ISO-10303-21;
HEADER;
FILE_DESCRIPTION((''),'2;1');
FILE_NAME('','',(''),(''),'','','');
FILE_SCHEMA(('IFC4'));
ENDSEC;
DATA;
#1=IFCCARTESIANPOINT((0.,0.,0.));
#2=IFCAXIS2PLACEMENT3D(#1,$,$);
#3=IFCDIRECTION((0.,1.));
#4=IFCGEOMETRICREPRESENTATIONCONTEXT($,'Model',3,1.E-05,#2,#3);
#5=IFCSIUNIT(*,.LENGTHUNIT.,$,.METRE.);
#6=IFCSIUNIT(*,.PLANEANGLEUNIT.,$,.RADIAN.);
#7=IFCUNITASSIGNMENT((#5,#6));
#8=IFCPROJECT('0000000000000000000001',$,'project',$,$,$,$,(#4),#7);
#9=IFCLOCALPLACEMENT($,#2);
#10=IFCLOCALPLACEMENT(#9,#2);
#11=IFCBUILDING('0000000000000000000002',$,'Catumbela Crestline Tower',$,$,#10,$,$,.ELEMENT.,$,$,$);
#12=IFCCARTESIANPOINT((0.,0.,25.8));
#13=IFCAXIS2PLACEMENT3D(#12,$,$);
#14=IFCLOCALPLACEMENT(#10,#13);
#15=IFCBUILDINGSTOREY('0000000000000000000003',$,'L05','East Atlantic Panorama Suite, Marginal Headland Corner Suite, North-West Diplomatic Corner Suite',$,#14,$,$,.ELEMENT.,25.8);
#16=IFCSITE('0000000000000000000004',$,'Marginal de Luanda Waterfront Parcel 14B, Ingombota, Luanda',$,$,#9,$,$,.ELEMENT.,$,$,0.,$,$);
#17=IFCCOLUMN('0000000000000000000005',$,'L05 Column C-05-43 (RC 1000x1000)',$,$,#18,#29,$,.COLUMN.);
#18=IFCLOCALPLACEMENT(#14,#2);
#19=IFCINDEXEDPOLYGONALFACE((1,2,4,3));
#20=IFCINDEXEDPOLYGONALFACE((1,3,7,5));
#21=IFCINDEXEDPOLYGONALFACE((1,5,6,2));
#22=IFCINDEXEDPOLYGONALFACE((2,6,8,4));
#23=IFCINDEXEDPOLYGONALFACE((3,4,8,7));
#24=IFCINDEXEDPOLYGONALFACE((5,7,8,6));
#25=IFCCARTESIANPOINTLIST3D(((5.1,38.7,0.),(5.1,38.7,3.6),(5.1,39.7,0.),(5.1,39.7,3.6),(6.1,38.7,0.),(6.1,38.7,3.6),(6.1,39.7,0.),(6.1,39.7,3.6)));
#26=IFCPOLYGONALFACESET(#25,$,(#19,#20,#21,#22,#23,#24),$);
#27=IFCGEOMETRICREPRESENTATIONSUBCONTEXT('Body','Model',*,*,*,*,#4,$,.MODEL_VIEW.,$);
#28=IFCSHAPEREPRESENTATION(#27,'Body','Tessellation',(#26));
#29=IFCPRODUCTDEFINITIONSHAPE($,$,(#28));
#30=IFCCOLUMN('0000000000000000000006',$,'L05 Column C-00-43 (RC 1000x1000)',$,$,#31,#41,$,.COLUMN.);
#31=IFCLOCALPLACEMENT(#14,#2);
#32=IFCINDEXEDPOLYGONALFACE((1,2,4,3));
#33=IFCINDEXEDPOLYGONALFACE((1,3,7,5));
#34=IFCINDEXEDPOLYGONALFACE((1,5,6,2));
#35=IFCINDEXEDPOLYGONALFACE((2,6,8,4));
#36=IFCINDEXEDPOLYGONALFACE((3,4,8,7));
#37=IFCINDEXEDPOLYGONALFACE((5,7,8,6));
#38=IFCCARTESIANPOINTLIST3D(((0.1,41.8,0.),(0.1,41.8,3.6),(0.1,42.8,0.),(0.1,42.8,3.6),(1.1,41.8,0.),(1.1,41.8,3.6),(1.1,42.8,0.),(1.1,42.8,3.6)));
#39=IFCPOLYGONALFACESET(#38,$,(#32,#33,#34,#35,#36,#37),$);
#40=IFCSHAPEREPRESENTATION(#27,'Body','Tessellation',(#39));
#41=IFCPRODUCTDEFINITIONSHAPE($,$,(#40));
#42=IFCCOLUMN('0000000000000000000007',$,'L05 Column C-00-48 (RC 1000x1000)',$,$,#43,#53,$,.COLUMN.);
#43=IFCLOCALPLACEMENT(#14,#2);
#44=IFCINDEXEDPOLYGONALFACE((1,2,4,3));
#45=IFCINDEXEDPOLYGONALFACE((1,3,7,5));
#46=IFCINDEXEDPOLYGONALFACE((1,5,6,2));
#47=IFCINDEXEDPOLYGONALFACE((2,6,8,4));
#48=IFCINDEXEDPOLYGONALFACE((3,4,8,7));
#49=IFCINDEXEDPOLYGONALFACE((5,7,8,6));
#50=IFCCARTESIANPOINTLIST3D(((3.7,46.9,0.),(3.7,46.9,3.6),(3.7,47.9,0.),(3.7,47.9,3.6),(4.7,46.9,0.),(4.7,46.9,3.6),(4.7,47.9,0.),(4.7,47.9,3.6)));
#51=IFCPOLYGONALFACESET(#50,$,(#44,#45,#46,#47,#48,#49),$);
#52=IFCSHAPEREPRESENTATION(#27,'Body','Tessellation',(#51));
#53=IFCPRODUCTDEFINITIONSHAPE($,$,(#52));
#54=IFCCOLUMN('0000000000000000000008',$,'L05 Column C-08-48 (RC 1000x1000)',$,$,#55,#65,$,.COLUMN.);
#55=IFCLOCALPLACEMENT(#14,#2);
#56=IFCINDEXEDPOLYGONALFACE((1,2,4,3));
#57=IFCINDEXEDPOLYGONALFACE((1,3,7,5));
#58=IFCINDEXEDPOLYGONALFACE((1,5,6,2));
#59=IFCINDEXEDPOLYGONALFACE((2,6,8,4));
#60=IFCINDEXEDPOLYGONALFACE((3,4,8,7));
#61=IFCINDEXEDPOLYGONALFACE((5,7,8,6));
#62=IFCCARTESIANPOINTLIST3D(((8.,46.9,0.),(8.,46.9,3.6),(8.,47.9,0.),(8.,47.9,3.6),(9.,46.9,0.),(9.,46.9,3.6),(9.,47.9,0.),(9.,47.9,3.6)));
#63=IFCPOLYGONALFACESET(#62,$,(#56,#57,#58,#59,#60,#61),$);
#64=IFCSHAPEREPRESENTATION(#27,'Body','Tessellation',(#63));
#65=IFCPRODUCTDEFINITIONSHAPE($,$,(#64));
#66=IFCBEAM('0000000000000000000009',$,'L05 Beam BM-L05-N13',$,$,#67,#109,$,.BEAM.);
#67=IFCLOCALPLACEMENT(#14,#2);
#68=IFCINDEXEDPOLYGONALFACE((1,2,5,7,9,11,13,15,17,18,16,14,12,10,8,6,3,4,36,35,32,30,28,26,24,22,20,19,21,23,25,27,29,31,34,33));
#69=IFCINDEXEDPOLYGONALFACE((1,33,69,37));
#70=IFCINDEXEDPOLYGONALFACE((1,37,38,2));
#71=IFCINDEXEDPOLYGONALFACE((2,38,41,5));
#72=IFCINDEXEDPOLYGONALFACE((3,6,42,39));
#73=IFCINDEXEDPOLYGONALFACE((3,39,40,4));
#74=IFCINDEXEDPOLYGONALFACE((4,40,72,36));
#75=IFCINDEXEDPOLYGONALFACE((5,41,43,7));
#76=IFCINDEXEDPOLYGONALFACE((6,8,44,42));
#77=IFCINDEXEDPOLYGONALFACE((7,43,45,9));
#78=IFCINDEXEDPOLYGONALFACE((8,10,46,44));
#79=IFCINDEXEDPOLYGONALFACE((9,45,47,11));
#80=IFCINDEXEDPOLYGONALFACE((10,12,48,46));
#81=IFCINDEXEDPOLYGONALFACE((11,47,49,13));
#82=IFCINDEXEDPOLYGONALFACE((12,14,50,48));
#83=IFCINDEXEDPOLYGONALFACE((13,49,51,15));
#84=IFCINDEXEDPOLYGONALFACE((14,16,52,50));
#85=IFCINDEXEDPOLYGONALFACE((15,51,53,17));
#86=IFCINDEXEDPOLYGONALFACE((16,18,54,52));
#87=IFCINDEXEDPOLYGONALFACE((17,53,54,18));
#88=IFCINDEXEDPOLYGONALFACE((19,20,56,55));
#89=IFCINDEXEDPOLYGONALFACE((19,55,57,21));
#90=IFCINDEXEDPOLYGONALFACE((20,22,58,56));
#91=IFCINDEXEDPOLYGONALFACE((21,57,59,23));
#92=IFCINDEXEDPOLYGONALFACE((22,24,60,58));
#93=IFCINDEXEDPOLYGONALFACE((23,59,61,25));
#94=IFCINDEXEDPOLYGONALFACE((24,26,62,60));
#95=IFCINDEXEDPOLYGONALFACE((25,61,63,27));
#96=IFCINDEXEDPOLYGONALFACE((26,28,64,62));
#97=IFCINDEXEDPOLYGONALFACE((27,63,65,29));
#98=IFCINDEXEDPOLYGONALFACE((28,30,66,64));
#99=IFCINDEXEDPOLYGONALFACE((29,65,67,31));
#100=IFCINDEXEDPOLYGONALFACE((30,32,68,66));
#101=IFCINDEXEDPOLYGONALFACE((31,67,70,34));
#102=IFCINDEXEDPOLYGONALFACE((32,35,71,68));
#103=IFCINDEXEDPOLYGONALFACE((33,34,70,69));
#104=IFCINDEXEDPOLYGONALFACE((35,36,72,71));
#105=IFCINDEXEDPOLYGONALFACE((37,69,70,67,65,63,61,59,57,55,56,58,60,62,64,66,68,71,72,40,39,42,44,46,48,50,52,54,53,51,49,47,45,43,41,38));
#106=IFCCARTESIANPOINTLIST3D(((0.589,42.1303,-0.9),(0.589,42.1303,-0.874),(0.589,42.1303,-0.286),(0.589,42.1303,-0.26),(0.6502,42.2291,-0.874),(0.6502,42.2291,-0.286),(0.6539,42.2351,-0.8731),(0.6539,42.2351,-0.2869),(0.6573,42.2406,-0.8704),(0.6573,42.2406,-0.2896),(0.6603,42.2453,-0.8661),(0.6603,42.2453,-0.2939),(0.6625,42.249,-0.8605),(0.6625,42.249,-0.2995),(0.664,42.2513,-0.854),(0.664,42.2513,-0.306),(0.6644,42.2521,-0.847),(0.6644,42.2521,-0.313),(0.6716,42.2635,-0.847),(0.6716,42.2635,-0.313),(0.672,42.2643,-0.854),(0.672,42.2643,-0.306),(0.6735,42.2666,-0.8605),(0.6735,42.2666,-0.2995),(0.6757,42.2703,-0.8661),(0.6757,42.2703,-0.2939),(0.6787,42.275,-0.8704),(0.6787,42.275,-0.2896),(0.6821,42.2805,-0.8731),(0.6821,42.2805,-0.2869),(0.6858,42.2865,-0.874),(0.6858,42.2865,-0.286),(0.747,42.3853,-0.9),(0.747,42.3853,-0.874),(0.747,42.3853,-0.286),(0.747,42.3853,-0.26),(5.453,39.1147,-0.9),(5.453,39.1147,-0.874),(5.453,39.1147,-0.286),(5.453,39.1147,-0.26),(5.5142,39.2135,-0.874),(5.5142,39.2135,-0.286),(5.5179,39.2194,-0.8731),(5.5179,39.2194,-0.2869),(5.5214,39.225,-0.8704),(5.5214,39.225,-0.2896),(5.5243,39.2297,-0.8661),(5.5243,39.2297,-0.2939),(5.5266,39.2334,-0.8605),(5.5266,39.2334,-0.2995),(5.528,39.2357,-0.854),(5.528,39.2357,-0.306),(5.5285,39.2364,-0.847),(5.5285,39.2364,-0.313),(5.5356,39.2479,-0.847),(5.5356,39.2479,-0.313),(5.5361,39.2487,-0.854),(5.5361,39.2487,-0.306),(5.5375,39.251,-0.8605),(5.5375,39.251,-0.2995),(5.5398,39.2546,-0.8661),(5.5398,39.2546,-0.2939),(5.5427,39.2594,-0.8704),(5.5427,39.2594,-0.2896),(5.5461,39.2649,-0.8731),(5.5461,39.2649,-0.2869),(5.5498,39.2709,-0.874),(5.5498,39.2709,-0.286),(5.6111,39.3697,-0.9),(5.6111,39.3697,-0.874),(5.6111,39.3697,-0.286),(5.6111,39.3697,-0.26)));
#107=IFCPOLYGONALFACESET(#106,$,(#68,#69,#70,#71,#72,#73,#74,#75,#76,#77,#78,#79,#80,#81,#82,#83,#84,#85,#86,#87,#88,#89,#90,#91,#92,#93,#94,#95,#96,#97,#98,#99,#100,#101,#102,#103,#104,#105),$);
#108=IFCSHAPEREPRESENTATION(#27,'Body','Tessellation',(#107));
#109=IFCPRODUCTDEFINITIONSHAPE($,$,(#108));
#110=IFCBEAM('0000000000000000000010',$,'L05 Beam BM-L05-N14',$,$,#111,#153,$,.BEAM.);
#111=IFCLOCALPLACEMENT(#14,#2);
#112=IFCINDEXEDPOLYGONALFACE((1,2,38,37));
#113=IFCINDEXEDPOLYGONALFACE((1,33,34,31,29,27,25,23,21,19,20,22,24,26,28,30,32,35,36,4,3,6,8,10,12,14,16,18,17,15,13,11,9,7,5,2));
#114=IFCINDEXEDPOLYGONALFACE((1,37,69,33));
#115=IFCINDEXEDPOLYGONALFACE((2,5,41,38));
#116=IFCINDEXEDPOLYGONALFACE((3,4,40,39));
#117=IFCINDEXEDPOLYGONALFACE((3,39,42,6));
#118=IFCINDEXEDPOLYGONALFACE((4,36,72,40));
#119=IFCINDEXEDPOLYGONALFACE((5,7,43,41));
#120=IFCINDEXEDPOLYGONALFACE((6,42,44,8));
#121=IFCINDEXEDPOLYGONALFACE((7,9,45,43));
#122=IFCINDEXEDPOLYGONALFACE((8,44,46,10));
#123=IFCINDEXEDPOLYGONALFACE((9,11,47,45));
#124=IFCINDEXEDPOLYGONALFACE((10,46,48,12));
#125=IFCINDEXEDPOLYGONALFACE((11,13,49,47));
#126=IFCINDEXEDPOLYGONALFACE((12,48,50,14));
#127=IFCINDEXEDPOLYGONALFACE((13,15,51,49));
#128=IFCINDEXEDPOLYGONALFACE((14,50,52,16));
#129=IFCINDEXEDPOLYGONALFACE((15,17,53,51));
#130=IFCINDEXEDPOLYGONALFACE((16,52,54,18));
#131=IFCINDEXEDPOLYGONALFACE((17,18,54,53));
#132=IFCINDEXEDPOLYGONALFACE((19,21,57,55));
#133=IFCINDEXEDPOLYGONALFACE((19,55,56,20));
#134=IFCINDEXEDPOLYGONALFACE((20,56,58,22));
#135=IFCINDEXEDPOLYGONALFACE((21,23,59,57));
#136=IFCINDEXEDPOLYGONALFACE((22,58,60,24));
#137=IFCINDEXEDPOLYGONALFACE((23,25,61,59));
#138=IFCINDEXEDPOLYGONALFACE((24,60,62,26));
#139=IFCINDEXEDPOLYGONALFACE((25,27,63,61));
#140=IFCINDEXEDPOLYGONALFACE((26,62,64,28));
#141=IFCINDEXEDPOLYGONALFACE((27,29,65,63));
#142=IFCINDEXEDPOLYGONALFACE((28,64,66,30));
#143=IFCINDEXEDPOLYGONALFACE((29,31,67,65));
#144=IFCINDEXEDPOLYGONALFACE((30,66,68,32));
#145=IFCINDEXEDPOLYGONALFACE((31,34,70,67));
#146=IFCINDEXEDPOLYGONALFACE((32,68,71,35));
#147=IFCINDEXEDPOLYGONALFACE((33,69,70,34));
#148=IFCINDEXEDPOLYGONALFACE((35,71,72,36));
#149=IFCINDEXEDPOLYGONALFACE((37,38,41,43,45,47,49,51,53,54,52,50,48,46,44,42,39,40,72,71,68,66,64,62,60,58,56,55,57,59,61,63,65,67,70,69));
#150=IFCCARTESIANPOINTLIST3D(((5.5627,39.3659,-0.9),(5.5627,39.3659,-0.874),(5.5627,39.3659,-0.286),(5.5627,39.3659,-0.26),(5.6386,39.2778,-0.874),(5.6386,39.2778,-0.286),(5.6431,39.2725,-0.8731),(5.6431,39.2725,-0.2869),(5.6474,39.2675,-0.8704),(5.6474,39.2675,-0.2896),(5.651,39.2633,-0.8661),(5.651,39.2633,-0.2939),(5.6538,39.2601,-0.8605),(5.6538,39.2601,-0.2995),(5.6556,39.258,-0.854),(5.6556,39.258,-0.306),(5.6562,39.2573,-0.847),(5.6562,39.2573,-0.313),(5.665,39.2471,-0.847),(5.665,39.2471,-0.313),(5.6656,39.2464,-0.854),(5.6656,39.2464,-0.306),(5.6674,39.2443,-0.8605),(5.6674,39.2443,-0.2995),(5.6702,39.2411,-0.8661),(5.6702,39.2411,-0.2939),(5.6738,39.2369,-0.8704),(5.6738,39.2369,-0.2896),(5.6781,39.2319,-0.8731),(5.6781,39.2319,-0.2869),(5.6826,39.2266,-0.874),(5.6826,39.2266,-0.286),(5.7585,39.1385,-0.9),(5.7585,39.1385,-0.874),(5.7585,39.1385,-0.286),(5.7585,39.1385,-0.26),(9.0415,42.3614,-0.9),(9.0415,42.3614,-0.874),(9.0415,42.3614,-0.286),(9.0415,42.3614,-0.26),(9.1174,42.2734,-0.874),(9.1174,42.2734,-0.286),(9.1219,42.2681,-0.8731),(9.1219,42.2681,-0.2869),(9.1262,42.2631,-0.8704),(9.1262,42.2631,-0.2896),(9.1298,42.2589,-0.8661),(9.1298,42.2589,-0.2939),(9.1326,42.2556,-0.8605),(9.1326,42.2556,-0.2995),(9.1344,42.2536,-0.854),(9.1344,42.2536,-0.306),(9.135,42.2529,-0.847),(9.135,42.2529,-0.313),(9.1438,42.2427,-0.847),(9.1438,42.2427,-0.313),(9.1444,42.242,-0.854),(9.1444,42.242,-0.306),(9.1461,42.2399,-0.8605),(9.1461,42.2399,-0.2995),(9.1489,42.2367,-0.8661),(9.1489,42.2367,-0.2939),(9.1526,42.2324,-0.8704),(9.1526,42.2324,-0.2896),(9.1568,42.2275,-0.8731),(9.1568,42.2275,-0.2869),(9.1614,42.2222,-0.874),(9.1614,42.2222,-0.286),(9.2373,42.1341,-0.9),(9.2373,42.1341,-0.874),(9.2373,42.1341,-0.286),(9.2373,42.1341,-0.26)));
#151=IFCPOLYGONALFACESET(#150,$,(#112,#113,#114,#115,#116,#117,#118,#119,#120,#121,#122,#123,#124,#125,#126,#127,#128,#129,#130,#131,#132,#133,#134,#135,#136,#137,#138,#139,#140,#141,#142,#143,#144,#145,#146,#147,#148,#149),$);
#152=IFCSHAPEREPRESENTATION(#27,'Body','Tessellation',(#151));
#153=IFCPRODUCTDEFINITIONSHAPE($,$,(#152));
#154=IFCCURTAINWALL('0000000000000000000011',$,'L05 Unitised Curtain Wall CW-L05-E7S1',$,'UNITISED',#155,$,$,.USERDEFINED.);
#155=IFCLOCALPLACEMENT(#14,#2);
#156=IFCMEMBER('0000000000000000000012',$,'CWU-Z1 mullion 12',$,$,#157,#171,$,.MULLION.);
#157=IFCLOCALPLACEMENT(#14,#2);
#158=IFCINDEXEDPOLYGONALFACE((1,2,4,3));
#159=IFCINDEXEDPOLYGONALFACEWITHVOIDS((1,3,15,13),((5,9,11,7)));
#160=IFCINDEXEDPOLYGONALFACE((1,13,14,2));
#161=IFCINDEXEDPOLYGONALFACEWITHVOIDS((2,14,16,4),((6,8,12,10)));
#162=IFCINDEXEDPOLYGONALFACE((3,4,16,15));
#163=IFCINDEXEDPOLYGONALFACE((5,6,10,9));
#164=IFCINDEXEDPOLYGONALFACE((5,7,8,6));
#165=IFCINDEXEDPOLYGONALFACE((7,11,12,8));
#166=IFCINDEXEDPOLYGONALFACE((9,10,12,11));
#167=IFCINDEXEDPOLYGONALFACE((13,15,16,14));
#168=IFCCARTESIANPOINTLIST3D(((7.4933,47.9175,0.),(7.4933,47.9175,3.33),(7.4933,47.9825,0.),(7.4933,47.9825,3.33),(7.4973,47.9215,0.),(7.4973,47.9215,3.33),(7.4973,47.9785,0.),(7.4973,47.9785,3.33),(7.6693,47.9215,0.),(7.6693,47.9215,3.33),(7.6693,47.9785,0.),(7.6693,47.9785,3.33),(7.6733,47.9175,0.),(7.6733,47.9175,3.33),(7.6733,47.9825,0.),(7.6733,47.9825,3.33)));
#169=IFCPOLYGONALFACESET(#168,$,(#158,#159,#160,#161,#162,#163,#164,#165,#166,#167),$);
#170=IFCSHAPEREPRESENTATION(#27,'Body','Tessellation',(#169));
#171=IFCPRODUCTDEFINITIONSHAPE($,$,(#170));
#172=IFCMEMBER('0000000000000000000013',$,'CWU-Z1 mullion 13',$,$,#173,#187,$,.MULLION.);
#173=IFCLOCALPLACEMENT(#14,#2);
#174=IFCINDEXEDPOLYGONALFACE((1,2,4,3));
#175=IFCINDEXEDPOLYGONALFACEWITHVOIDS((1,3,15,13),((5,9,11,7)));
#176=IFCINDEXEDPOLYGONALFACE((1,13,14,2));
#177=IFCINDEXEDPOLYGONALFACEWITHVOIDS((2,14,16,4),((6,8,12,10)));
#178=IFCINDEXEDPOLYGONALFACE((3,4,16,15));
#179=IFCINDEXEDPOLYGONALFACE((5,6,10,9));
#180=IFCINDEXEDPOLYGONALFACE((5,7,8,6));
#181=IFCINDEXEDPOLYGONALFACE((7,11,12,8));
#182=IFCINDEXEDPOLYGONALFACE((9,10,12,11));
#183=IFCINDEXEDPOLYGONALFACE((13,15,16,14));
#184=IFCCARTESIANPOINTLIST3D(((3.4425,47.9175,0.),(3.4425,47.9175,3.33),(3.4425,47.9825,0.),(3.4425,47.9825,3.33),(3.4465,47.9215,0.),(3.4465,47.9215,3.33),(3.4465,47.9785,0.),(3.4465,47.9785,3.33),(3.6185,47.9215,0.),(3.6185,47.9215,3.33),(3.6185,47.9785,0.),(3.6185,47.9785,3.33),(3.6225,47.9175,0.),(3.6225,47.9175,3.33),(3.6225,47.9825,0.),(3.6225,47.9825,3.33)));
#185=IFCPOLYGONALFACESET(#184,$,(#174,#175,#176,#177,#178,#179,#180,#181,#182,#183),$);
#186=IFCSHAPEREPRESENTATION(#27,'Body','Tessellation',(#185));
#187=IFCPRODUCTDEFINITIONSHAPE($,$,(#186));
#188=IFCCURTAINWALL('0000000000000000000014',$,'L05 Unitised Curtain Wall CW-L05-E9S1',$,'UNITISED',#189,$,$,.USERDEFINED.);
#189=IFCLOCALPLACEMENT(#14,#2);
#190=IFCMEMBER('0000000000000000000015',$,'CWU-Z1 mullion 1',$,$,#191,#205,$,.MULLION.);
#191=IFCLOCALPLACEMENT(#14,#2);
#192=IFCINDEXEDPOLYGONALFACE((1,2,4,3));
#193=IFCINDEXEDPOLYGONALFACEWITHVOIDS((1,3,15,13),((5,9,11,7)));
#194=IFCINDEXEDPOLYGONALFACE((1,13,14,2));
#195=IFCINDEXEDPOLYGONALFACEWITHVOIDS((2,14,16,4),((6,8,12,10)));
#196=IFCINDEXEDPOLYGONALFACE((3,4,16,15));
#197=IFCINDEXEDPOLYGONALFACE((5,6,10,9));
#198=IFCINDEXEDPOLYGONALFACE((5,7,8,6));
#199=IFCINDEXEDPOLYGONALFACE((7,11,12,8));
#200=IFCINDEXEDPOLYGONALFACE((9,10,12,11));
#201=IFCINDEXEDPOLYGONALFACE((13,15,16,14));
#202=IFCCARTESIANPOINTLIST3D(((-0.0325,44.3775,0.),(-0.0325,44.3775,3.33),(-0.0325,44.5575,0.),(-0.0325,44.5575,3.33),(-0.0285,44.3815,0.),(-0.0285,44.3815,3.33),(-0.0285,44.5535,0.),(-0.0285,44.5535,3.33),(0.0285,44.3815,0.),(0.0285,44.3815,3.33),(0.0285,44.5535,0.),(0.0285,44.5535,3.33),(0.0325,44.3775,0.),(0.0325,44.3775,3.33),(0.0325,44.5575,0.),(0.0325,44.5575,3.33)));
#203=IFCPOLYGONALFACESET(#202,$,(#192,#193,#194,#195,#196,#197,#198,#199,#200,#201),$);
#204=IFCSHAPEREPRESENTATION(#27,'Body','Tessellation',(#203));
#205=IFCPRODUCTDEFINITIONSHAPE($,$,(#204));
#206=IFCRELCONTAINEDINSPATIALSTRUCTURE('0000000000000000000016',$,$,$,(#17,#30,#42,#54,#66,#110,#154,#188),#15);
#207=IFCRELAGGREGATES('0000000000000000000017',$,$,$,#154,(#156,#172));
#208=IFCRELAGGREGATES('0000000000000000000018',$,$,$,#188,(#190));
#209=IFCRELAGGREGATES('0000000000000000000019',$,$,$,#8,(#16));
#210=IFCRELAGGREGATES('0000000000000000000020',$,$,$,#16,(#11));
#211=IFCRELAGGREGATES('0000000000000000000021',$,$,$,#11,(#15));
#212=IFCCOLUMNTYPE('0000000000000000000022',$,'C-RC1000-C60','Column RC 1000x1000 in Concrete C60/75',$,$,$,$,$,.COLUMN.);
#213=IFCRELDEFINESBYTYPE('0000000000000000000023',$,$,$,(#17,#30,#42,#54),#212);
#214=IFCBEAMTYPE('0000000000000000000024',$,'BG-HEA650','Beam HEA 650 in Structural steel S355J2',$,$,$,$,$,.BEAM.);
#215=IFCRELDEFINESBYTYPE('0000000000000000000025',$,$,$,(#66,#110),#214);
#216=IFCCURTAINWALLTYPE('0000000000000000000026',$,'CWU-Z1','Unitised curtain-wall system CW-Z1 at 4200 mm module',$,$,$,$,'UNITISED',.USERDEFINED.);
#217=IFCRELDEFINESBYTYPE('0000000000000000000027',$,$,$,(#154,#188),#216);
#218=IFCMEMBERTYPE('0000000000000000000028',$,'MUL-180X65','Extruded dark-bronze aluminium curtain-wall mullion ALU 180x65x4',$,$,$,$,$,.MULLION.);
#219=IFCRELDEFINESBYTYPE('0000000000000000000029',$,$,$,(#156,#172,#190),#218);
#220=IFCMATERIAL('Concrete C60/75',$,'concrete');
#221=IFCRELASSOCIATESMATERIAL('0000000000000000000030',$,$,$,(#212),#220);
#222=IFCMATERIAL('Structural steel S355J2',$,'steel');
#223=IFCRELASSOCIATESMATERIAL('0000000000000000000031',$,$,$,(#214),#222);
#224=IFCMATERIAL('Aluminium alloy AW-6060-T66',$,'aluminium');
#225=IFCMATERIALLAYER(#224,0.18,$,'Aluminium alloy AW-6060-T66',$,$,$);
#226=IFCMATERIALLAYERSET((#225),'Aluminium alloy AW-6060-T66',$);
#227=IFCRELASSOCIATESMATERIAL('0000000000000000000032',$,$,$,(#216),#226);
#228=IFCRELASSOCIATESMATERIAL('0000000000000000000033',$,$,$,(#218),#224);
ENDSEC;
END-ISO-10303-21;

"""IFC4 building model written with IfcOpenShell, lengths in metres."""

from ifc_helpers import new_model, si_unit, direction, frame, origin, origin_2d, place, context, subcontext, project, spatial, rectangle, hollow_rectangle, i_section, extrude, material, layer, layer_set, material_profile, profile_set, type_object, element, aggregate, save


model = new_model("IFC4")

# Units and contexts
model_context = context("Model", 3, precision=1e-05, world=origin(), true_north=direction((0.0, 1.0)))
body_context = subcontext(model_context, "Body", "Model", "MODEL_VIEW")
ifc_project = project(units=[si_unit("LENGTHUNIT", "METRE"), si_unit("PLANEANGLEUNIT", "RADIAN")], contexts=[model_context])

# Site, building, storey
site_placement = place(None, origin())
site = spatial("IfcSite", under=ifc_project, at=site_placement, Name="Marginal de Luanda Waterfront Parcel 14B, Ingombota, Luanda", CompositionType="ELEMENT", RefElevation=0.0)
building_placement = place(site_placement, origin())
building = spatial("IfcBuilding", under=site, at=building_placement, Name="Catumbela Crestline Tower", CompositionType="ELEMENT")
storey_placement = place(building_placement, frame((0.0, 0.0, 25.8)))
storey = spatial("IfcBuildingStorey", under=building, at=storey_placement, Name="L05", Description="East Atlantic Panorama Suite, Marginal Headland Corner Suite, North-West Diplomatic Corner Suite", CompositionType="ELEMENT", Elevation=25.8)

# Columns
ifc_material_1 = material(Name="Concrete C60/75", Category="concrete")
ifc_material_profile_1 = material_profile(ifc_material_1, rectangle(XDim=1.0, YDim=1.0, at=origin_2d()), Name="RC 1000x1000")
ifc_profile_set_1 = profile_set([ifc_material_profile_1], Name="Concrete C60/75")
column_type = type_object("IfcColumnType", Name="C-RC1000-C60", Description="Column RC 1000x1000 in Concrete C60/75", PredefinedType="COLUMN", material=ifc_profile_set_1)
for number, where, z_axis, x_axis, name in (
    (1, (5.6, 39.2, 0.0), (0.0, 0.0, 1.0), (1.0, 0.0, 0.0), "L05 Column C-05-43 (RC 1000x1000)"),
    (2, (0.6, 42.3, 0.0), (0.0, 0.0, 1.0), (1.0, 0.0, 0.0), "L05 Column C-00-43 (RC 1000x1000)"),
    (3, (4.2, 47.4, 0.0), (0.0, 0.0, 1.0), (1.0, 0.0, 0.0), "L05 Column C-00-48 (RC 1000x1000)"),
    (4, (8.5, 47.4, 0.0), (0.0, 0.0, 1.0), (1.0, 0.0, 0.0), "L05 Column C-08-48 (RC 1000x1000)"),
):
    element("IfcColumn", number, at=place(storey_placement, frame(where, z_axis=z_axis, x_axis=x_axis)), inside=storey, type_object=column_type, Name=name, PredefinedType="COLUMN", context=body_context, shape_type="SweptSolid", body=[
        extrude(rectangle(XDim=1.0, YDim=1.0, at=origin_2d()), origin(), (0.0, 0.0, 1.0), 3.6),
    ])

# Beams
ifc_material_2 = material(Name="Structural steel S355J2", Category="steel")
ifc_material_profile_2 = material_profile(ifc_material_2, i_section(OverallWidth=0.3, OverallDepth=0.64, WebThickness=0.0135, FlangeThickness=0.026, FilletRadius=0.027, at=origin_2d()), Name="HEA 650")
ifc_profile_set_2 = profile_set([ifc_material_profile_2], Name="Structural steel S355J2")
beam_type_1 = type_object("IfcBeamType", Name="BG-HEA650", Description="Beam HEA 650 in Structural steel S355J2", PredefinedType="BEAM", material=ifc_profile_set_2)
beam_1_placement = place(storey_placement, frame((0.668, 42.2578, -0.58), z_axis=(0.849909, -0.52693, 0.0), x_axis=(0.52693, 0.849909, 0.0)))
element("IfcBeam", 5, at=beam_1_placement, inside=storey, type_object=beam_type_1, Name="L05 Beam BM-L05-N13", PredefinedType="BEAM", context=body_context, shape_type="SweptSolid", body=[
    extrude(i_section(OverallWidth=0.3, OverallDepth=0.64, WebThickness=0.0135, FlangeThickness=0.026, FilletRadius=0.027, at=origin_2d()), origin(), (0.0, 0.0, 1.0), 5.723),
])
beam_2_placement = place(storey_placement, frame((5.6606, 39.2522, -0.58), z_axis=(0.757772, 0.652519, 0.0), x_axis=(-0.652519, 0.757772, 0.0)))
element("IfcBeam", 6, at=beam_2_placement, inside=storey, type_object=beam_type_1, Name="L05 Beam BM-L05-N14", PredefinedType="BEAM", context=body_context, shape_type="SweptSolid", body=[
    extrude(i_section(OverallWidth=0.3, OverallDepth=0.64, WebThickness=0.0135, FlangeThickness=0.026, FilletRadius=0.027, at=origin_2d()), origin(), (0.0, 0.0, 1.0), 4.5908),
])

# Curtain walls, members
ifc_material_3 = material(Name="Aluminium alloy AW-6060-T66", Category="aluminium")
ifc_layer_1 = layer(ifc_material_3, 0.18, Name="Aluminium alloy AW-6060-T66")
ifc_layer_set_1 = layer_set([ifc_layer_1], Name="Aluminium alloy AW-6060-T66")
curtain_wall_type = type_object("IfcCurtainWallType", Name="CWU-Z1", Description="Unitised curtain-wall system CW-Z1 at 4200 mm module", ElementType="UNITISED", PredefinedType="USERDEFINED", material=ifc_layer_set_1)
curtain_wall_1_placement = place(storey_placement, origin())
curtain_wall_1 = element("IfcCurtainWall", 7, at=curtain_wall_1_placement, inside=storey, type_object=curtain_wall_type, Name="L05 Unitised Curtain Wall CW-L05-E7S1", ObjectType="UNITISED", PredefinedType="USERDEFINED")
ifc_material_profile_3 = material_profile(ifc_material_3, hollow_rectangle(XDim=0.065, YDim=0.18, WallThickness=0.004, at=origin_2d()), Name="ALU 180x65x4")
ifc_profile_set_3 = profile_set([ifc_material_profile_3], Name="Aluminium alloy AW-6060-T66")
member_type_1 = type_object("IfcMemberType", Name="MUL-180X65", Description="Extruded dark-bronze aluminium curtain-wall mullion ALU 180x65x4", PredefinedType="MULLION", material=ifc_profile_set_3)
member_1_placement = place(storey_placement, frame((7.5833, 47.95, 0.0), z_axis=(0.0, 0.0, 1.0), x_axis=(0.0, -1.0, 0.0)))
member_1 = element("IfcMember", 8, at=member_1_placement, type_object=member_type_1, Name="CWU-Z1 mullion 12", PredefinedType="MULLION", context=body_context, shape_type="SweptSolid", body=[
    extrude(hollow_rectangle(XDim=0.065, YDim=0.18, WallThickness=0.004, at=origin_2d()), origin(), (0.0, 0.0, 1.0), 3.33),
])
member_2_placement = place(storey_placement, frame((3.5325, 47.95, 0.0), z_axis=(0.0, 0.0, 1.0), x_axis=(0.0, -1.0, 0.0)))
member_2 = element("IfcMember", 9, at=member_2_placement, type_object=member_type_1, Name="CWU-Z1 mullion 13", PredefinedType="MULLION", context=body_context, shape_type="SweptSolid", body=[
    extrude(hollow_rectangle(XDim=0.065, YDim=0.18, WallThickness=0.004, at=origin_2d()), origin(), (0.0, 0.0, 1.0), 3.33),
])
curtain_wall_2_placement = place(storey_placement, origin())
curtain_wall_2 = element("IfcCurtainWall", 10, at=curtain_wall_2_placement, inside=storey, type_object=curtain_wall_type, Name="L05 Unitised Curtain Wall CW-L05-E9S1", ObjectType="UNITISED", PredefinedType="USERDEFINED")
member_3_placement = place(storey_placement, frame((0.0, 44.4675, 0.0), z_axis=(0.0, 0.0, 1.0), x_axis=(1.0, 0.0, 0.0)))
member_3 = element("IfcMember", 11, at=member_3_placement, type_object=member_type_1, Name="CWU-Z1 mullion 1", PredefinedType="MULLION", context=body_context, shape_type="SweptSolid", body=[
    extrude(hollow_rectangle(XDim=0.065, YDim=0.18, WallThickness=0.004, at=origin_2d()), origin(), (0.0, 0.0, 1.0), 3.33),
])

aggregate(curtain_wall_1, [member_1, member_2])
aggregate(curtain_wall_2, [member_3])

save(model, "model.ifc")
